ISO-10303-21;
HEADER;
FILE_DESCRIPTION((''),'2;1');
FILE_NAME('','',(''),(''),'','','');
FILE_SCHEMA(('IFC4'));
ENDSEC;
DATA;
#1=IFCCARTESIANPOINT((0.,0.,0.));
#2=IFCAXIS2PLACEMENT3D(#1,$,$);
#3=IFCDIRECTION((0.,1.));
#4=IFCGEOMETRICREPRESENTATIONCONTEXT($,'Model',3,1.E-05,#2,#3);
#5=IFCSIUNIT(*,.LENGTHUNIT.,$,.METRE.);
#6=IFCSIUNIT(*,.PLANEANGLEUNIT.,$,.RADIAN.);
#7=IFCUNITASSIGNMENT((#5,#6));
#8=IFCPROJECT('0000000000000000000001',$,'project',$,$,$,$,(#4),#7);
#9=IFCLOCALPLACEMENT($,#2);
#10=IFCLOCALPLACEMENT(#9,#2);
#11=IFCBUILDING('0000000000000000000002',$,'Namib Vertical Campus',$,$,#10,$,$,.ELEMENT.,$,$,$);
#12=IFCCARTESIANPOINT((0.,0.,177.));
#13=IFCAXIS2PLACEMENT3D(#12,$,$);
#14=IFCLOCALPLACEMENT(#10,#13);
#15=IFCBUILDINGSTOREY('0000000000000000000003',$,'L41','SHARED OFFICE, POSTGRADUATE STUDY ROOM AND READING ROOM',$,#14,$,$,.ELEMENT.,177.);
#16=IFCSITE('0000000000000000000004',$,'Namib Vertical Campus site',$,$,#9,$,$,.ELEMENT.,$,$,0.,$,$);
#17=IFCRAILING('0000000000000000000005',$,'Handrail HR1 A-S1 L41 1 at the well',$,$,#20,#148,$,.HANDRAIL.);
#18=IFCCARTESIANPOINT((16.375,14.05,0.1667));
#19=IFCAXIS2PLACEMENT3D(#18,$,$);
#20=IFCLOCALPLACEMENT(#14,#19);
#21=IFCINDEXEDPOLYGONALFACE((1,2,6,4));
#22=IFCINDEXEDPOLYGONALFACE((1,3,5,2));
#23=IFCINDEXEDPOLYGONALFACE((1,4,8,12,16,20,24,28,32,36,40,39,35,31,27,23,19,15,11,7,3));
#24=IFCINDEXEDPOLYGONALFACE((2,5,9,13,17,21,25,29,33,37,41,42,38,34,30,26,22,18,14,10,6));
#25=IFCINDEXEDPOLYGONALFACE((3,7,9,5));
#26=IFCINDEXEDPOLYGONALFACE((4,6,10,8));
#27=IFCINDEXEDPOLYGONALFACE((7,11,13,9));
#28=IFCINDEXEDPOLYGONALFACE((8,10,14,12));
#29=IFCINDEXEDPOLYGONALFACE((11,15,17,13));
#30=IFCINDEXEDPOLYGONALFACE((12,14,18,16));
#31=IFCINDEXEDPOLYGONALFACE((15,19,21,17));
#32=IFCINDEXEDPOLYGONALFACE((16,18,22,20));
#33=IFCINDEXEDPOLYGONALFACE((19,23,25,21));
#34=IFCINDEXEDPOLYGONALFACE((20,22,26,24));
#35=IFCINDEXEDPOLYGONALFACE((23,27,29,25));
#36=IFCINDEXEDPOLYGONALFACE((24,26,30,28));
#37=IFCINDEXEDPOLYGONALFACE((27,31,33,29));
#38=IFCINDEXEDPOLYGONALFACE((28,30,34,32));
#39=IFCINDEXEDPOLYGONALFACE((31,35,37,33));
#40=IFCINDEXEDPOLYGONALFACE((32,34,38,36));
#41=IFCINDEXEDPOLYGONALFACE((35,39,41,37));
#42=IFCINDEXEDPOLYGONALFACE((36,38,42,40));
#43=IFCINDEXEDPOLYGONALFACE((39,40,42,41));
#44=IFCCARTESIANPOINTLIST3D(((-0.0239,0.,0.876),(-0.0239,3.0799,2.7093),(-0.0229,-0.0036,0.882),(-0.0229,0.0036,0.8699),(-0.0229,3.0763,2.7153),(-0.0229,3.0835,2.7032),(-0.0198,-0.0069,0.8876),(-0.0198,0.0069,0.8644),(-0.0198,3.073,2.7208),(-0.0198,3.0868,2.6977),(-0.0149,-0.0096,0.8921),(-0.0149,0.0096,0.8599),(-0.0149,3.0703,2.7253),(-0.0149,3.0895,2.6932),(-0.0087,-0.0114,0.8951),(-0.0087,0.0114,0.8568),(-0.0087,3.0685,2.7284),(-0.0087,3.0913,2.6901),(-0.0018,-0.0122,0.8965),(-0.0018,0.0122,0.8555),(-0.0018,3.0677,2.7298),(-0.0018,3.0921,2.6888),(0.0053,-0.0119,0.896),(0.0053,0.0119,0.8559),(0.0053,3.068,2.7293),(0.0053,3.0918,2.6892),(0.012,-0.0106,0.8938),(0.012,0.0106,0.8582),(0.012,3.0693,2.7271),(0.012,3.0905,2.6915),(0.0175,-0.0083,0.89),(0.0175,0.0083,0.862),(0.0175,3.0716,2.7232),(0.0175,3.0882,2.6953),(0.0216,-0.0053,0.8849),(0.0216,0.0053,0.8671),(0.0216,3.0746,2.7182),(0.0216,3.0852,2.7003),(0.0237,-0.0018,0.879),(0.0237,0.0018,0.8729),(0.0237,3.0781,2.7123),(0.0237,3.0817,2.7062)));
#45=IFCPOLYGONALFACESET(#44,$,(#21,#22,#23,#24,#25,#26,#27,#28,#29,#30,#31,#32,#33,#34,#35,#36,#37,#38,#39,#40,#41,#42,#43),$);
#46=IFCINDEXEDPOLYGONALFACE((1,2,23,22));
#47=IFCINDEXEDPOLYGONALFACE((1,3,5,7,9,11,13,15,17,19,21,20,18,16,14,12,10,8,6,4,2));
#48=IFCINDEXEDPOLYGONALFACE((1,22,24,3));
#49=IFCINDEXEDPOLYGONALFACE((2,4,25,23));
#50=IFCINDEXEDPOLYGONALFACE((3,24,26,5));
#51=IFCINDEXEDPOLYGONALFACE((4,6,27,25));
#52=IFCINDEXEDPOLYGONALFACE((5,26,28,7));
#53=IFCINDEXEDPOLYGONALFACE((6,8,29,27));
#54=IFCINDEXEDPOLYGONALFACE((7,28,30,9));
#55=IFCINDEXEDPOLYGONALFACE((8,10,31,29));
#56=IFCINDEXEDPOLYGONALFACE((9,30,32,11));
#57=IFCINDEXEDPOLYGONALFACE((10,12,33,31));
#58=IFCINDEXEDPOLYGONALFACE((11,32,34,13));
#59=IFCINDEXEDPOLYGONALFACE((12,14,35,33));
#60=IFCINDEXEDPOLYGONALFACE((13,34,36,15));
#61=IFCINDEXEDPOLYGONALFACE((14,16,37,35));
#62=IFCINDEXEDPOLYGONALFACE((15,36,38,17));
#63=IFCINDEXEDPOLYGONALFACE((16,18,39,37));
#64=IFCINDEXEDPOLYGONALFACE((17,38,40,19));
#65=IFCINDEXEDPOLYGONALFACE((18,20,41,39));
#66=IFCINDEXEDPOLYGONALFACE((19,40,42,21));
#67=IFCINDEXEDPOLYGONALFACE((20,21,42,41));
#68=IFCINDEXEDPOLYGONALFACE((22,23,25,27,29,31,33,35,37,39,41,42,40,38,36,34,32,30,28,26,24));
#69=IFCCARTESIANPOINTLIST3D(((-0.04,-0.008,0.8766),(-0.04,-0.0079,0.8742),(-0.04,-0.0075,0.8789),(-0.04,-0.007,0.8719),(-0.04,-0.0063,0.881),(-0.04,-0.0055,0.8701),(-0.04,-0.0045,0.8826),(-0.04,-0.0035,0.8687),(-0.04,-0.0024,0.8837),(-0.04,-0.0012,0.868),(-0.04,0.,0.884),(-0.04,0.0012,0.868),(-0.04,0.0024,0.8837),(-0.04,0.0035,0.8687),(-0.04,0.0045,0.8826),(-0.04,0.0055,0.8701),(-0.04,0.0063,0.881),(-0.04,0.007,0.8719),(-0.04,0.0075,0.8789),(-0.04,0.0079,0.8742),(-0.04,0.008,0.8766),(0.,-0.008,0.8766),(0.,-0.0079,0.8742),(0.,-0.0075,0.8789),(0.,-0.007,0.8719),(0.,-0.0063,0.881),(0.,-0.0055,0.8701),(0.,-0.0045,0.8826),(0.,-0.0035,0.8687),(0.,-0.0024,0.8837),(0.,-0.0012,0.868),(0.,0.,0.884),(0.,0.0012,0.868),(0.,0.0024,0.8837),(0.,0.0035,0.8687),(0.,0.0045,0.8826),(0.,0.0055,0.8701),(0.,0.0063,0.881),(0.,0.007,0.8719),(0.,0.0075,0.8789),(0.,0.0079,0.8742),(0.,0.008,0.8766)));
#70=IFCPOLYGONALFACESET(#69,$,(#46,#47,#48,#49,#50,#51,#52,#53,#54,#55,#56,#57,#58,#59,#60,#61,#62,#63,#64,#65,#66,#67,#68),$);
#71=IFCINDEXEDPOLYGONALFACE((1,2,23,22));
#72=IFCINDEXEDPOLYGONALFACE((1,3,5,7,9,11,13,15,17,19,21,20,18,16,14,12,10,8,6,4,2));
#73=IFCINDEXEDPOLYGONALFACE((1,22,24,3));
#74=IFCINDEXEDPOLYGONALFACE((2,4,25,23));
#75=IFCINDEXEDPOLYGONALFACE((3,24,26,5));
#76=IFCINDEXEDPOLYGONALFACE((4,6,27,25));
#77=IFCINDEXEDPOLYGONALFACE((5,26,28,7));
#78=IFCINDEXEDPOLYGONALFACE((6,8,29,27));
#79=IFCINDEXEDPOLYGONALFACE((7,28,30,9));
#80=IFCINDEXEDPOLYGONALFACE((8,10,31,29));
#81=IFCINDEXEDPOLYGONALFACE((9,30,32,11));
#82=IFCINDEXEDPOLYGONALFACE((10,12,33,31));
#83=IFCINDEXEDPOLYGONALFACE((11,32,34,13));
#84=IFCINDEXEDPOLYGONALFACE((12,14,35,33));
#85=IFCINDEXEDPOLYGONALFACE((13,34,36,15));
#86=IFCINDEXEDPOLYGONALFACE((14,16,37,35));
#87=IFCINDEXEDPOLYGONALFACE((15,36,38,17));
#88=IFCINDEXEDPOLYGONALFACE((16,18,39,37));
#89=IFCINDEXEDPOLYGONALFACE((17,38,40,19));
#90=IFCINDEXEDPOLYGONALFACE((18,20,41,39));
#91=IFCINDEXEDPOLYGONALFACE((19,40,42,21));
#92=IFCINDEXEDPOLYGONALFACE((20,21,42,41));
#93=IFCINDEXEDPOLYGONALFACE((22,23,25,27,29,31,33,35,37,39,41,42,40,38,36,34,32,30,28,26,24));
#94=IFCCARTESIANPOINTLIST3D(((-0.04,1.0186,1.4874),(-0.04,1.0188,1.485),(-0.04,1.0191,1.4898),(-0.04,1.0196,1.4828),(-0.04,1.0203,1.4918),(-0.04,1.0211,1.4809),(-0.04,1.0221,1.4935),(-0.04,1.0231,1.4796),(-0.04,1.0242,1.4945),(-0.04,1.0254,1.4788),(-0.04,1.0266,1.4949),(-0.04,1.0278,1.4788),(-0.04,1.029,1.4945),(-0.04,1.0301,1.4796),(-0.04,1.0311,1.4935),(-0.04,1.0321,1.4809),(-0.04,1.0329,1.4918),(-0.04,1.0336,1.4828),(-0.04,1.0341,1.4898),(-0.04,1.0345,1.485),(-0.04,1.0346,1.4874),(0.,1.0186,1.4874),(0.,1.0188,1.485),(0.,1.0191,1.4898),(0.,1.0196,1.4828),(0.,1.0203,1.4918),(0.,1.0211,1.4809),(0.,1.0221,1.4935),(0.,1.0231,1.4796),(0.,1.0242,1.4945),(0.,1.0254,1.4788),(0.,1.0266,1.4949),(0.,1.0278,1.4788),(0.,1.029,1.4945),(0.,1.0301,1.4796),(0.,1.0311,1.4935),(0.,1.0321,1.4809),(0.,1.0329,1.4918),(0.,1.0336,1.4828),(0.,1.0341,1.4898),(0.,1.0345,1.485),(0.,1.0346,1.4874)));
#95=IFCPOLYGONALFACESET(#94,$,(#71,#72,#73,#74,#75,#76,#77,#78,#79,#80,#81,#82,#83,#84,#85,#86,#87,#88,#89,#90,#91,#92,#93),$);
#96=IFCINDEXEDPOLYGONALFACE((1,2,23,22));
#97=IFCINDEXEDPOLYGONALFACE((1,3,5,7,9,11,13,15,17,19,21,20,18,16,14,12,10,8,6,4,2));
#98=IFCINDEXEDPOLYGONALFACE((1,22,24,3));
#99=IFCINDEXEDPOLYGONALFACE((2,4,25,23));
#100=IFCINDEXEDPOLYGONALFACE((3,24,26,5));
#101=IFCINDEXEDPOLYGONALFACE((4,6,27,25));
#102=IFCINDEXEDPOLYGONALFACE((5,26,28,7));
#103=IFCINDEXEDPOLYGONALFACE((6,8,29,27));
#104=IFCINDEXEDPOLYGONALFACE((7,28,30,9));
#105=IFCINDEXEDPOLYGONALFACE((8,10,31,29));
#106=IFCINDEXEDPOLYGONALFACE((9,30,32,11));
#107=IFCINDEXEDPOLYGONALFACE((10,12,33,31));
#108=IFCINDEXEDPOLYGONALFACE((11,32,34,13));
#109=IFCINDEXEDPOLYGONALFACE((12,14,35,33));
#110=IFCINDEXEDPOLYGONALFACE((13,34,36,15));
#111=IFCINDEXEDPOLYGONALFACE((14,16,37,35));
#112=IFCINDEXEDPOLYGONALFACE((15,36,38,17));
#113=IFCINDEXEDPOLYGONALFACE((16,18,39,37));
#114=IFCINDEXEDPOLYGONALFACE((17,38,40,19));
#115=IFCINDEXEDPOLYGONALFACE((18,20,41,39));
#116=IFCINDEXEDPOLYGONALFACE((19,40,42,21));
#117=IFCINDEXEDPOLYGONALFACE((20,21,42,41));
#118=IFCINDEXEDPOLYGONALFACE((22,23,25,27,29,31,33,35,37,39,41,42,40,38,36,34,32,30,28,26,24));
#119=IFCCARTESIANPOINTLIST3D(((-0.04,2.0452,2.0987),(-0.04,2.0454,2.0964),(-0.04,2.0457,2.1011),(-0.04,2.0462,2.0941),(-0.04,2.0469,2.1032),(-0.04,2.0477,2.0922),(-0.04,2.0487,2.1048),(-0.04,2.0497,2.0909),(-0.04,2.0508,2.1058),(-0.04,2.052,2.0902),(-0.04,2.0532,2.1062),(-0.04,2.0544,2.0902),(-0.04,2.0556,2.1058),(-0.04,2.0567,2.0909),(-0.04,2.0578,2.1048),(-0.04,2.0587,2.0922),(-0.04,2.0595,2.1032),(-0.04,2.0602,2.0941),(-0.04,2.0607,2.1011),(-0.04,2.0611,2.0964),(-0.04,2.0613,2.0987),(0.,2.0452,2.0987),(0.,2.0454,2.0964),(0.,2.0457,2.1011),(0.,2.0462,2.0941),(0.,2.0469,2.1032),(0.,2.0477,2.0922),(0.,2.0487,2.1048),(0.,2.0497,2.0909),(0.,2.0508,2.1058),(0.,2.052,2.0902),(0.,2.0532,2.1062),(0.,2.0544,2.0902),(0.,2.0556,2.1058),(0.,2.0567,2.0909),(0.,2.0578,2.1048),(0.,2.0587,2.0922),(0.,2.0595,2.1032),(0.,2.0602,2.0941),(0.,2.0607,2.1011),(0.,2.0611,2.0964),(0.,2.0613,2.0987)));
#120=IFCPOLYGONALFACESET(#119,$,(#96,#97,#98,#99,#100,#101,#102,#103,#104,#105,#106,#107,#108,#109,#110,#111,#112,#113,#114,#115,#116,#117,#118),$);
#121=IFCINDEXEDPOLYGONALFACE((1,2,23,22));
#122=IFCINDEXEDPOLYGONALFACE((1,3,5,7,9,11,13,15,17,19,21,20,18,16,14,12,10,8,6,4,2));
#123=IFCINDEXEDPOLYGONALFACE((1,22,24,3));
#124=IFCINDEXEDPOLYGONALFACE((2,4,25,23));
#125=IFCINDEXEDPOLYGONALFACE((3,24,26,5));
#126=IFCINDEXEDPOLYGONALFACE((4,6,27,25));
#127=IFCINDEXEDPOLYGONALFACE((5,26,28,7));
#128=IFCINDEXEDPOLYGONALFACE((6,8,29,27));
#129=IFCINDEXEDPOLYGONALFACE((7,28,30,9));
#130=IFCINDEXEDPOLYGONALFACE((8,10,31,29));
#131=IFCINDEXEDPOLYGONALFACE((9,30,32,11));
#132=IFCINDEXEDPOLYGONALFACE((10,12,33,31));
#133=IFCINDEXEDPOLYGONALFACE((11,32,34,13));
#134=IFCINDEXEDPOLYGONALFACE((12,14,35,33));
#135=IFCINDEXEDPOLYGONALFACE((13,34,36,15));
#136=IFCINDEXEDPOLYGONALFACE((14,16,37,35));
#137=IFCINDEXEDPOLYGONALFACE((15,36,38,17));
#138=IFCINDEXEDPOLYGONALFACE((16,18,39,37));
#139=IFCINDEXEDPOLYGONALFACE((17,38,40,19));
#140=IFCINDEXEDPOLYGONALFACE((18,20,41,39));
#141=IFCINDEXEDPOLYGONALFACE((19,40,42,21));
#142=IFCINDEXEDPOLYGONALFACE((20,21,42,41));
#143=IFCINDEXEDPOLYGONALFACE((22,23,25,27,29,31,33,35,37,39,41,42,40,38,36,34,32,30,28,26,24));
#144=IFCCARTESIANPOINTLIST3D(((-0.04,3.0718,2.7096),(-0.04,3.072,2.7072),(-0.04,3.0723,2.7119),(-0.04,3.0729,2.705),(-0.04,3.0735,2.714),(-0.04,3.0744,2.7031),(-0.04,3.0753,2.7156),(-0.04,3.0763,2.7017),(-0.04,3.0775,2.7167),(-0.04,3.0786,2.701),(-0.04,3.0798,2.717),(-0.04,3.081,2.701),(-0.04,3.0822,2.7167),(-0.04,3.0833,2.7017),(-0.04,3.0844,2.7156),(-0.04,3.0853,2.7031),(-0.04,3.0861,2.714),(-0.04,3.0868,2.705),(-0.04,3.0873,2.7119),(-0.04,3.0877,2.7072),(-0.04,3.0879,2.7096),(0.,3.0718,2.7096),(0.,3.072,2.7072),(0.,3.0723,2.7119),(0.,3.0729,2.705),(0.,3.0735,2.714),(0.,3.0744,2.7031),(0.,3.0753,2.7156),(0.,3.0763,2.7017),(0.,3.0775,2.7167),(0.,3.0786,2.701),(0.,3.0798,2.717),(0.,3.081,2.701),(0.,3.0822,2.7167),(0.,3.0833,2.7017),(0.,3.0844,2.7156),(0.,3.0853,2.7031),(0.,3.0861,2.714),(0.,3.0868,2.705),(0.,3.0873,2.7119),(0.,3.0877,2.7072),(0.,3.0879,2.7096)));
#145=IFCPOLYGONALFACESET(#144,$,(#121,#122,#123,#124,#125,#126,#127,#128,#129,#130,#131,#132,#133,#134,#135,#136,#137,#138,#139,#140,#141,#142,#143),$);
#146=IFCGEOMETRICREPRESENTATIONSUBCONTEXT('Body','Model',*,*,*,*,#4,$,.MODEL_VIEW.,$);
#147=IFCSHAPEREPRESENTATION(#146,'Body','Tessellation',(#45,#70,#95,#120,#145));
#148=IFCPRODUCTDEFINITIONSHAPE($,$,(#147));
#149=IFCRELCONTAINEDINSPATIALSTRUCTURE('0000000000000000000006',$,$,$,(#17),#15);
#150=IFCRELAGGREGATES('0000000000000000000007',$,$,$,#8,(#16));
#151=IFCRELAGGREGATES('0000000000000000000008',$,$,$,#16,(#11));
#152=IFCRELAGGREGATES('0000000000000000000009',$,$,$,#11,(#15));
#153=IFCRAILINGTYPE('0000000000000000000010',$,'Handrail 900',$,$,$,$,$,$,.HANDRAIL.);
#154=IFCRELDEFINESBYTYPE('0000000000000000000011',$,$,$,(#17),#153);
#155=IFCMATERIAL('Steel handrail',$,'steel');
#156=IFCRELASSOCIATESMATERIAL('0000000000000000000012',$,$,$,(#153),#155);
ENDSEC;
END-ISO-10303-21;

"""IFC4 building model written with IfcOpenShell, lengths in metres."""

from ifc_helpers import new_model, si_unit, direction, frame, origin, origin_2d, place, context, subcontext, project, spatial, circle, extrude, material, type_object, element, save


model = new_model("IFC4")

# Units and contexts
model_context = context("Model", 3, precision=1e-05, world=origin(), true_north=direction((0.0, 1.0)))
body_context = subcontext(model_context, "Body", "Model", "MODEL_VIEW")
ifc_project = project(units=[si_unit("LENGTHUNIT", "METRE"), si_unit("PLANEANGLEUNIT", "RADIAN")], contexts=[model_context])

# Site, building, storey
site_placement = place(None, origin())
site = spatial("IfcSite", under=ifc_project, at=site_placement, Name="Namib Vertical Campus site", CompositionType="ELEMENT", RefElevation=0.0)
building_placement = place(site_placement, origin())
building = spatial("IfcBuilding", under=site, at=building_placement, Name="Namib Vertical Campus", CompositionType="ELEMENT")
storey_placement = place(building_placement, frame((0.0, 0.0, 177.0)))
storey = spatial("IfcBuildingStorey", under=building, at=storey_placement, Name="L41", Description="SHARED OFFICE, POSTGRADUATE STUDY ROOM AND READING ROOM", CompositionType="ELEMENT", Elevation=177.0)

# Railing
ifc_material_1 = material(Name="Steel handrail", Category="steel")
railing_type_1 = type_object("IfcRailingType", Name="Handrail 900", PredefinedType="HANDRAIL", material=ifc_material_1)
railing_1_placement = place(storey_placement, frame((16.375, 14.05, 0.1667)))
element("IfcRailing", 1, at=railing_1_placement, inside=storey, type_object=railing_type_1, Name="Handrail HR1 A-S1 L41 1 at the well", PredefinedType="HANDRAIL", context=body_context, shape_type="SweptSolid", body=[
    extrude(circle(Radius=0.0239, at=origin_2d()), frame((0.0, 0.0, 0.876), z_axis=(0.0, 0.859291, 0.511487), x_axis=(-1.0, 0.0, 0.0)), (0.0, 0.0, 1.0), 3.5842),
    extrude(circle(Radius=0.0081, at=origin_2d()), frame((0.0, 0.0, 0.876), z_axis=(-1.0, 0.0, 0.0), x_axis=(0.0, 0.0, 1.0)), (0.0, 0.0, 1.0), 0.04),
    extrude(circle(Radius=0.0081, at=origin_2d()), frame((0.0, 1.0266, 1.4868), z_axis=(-1.0, 0.0, 0.0), x_axis=(0.0, 0.0, 1.0)), (0.0, 0.0, 1.0), 0.04),
    extrude(circle(Radius=0.0081, at=origin_2d()), frame((0.0, 2.0532, 2.0981), z_axis=(-1.0, 0.0, 0.0), x_axis=(0.0, 0.0, 1.0)), (0.0, 0.0, 1.0), 0.04),
    extrude(circle(Radius=0.0081, at=origin_2d()), frame((0.0, 3.0798, 2.709), z_axis=(-1.0, 0.0, 0.0), x_axis=(0.0, 0.0, 1.0)), (0.0, 0.0, 1.0), 0.04),
])

save(model, "model.ifc")
